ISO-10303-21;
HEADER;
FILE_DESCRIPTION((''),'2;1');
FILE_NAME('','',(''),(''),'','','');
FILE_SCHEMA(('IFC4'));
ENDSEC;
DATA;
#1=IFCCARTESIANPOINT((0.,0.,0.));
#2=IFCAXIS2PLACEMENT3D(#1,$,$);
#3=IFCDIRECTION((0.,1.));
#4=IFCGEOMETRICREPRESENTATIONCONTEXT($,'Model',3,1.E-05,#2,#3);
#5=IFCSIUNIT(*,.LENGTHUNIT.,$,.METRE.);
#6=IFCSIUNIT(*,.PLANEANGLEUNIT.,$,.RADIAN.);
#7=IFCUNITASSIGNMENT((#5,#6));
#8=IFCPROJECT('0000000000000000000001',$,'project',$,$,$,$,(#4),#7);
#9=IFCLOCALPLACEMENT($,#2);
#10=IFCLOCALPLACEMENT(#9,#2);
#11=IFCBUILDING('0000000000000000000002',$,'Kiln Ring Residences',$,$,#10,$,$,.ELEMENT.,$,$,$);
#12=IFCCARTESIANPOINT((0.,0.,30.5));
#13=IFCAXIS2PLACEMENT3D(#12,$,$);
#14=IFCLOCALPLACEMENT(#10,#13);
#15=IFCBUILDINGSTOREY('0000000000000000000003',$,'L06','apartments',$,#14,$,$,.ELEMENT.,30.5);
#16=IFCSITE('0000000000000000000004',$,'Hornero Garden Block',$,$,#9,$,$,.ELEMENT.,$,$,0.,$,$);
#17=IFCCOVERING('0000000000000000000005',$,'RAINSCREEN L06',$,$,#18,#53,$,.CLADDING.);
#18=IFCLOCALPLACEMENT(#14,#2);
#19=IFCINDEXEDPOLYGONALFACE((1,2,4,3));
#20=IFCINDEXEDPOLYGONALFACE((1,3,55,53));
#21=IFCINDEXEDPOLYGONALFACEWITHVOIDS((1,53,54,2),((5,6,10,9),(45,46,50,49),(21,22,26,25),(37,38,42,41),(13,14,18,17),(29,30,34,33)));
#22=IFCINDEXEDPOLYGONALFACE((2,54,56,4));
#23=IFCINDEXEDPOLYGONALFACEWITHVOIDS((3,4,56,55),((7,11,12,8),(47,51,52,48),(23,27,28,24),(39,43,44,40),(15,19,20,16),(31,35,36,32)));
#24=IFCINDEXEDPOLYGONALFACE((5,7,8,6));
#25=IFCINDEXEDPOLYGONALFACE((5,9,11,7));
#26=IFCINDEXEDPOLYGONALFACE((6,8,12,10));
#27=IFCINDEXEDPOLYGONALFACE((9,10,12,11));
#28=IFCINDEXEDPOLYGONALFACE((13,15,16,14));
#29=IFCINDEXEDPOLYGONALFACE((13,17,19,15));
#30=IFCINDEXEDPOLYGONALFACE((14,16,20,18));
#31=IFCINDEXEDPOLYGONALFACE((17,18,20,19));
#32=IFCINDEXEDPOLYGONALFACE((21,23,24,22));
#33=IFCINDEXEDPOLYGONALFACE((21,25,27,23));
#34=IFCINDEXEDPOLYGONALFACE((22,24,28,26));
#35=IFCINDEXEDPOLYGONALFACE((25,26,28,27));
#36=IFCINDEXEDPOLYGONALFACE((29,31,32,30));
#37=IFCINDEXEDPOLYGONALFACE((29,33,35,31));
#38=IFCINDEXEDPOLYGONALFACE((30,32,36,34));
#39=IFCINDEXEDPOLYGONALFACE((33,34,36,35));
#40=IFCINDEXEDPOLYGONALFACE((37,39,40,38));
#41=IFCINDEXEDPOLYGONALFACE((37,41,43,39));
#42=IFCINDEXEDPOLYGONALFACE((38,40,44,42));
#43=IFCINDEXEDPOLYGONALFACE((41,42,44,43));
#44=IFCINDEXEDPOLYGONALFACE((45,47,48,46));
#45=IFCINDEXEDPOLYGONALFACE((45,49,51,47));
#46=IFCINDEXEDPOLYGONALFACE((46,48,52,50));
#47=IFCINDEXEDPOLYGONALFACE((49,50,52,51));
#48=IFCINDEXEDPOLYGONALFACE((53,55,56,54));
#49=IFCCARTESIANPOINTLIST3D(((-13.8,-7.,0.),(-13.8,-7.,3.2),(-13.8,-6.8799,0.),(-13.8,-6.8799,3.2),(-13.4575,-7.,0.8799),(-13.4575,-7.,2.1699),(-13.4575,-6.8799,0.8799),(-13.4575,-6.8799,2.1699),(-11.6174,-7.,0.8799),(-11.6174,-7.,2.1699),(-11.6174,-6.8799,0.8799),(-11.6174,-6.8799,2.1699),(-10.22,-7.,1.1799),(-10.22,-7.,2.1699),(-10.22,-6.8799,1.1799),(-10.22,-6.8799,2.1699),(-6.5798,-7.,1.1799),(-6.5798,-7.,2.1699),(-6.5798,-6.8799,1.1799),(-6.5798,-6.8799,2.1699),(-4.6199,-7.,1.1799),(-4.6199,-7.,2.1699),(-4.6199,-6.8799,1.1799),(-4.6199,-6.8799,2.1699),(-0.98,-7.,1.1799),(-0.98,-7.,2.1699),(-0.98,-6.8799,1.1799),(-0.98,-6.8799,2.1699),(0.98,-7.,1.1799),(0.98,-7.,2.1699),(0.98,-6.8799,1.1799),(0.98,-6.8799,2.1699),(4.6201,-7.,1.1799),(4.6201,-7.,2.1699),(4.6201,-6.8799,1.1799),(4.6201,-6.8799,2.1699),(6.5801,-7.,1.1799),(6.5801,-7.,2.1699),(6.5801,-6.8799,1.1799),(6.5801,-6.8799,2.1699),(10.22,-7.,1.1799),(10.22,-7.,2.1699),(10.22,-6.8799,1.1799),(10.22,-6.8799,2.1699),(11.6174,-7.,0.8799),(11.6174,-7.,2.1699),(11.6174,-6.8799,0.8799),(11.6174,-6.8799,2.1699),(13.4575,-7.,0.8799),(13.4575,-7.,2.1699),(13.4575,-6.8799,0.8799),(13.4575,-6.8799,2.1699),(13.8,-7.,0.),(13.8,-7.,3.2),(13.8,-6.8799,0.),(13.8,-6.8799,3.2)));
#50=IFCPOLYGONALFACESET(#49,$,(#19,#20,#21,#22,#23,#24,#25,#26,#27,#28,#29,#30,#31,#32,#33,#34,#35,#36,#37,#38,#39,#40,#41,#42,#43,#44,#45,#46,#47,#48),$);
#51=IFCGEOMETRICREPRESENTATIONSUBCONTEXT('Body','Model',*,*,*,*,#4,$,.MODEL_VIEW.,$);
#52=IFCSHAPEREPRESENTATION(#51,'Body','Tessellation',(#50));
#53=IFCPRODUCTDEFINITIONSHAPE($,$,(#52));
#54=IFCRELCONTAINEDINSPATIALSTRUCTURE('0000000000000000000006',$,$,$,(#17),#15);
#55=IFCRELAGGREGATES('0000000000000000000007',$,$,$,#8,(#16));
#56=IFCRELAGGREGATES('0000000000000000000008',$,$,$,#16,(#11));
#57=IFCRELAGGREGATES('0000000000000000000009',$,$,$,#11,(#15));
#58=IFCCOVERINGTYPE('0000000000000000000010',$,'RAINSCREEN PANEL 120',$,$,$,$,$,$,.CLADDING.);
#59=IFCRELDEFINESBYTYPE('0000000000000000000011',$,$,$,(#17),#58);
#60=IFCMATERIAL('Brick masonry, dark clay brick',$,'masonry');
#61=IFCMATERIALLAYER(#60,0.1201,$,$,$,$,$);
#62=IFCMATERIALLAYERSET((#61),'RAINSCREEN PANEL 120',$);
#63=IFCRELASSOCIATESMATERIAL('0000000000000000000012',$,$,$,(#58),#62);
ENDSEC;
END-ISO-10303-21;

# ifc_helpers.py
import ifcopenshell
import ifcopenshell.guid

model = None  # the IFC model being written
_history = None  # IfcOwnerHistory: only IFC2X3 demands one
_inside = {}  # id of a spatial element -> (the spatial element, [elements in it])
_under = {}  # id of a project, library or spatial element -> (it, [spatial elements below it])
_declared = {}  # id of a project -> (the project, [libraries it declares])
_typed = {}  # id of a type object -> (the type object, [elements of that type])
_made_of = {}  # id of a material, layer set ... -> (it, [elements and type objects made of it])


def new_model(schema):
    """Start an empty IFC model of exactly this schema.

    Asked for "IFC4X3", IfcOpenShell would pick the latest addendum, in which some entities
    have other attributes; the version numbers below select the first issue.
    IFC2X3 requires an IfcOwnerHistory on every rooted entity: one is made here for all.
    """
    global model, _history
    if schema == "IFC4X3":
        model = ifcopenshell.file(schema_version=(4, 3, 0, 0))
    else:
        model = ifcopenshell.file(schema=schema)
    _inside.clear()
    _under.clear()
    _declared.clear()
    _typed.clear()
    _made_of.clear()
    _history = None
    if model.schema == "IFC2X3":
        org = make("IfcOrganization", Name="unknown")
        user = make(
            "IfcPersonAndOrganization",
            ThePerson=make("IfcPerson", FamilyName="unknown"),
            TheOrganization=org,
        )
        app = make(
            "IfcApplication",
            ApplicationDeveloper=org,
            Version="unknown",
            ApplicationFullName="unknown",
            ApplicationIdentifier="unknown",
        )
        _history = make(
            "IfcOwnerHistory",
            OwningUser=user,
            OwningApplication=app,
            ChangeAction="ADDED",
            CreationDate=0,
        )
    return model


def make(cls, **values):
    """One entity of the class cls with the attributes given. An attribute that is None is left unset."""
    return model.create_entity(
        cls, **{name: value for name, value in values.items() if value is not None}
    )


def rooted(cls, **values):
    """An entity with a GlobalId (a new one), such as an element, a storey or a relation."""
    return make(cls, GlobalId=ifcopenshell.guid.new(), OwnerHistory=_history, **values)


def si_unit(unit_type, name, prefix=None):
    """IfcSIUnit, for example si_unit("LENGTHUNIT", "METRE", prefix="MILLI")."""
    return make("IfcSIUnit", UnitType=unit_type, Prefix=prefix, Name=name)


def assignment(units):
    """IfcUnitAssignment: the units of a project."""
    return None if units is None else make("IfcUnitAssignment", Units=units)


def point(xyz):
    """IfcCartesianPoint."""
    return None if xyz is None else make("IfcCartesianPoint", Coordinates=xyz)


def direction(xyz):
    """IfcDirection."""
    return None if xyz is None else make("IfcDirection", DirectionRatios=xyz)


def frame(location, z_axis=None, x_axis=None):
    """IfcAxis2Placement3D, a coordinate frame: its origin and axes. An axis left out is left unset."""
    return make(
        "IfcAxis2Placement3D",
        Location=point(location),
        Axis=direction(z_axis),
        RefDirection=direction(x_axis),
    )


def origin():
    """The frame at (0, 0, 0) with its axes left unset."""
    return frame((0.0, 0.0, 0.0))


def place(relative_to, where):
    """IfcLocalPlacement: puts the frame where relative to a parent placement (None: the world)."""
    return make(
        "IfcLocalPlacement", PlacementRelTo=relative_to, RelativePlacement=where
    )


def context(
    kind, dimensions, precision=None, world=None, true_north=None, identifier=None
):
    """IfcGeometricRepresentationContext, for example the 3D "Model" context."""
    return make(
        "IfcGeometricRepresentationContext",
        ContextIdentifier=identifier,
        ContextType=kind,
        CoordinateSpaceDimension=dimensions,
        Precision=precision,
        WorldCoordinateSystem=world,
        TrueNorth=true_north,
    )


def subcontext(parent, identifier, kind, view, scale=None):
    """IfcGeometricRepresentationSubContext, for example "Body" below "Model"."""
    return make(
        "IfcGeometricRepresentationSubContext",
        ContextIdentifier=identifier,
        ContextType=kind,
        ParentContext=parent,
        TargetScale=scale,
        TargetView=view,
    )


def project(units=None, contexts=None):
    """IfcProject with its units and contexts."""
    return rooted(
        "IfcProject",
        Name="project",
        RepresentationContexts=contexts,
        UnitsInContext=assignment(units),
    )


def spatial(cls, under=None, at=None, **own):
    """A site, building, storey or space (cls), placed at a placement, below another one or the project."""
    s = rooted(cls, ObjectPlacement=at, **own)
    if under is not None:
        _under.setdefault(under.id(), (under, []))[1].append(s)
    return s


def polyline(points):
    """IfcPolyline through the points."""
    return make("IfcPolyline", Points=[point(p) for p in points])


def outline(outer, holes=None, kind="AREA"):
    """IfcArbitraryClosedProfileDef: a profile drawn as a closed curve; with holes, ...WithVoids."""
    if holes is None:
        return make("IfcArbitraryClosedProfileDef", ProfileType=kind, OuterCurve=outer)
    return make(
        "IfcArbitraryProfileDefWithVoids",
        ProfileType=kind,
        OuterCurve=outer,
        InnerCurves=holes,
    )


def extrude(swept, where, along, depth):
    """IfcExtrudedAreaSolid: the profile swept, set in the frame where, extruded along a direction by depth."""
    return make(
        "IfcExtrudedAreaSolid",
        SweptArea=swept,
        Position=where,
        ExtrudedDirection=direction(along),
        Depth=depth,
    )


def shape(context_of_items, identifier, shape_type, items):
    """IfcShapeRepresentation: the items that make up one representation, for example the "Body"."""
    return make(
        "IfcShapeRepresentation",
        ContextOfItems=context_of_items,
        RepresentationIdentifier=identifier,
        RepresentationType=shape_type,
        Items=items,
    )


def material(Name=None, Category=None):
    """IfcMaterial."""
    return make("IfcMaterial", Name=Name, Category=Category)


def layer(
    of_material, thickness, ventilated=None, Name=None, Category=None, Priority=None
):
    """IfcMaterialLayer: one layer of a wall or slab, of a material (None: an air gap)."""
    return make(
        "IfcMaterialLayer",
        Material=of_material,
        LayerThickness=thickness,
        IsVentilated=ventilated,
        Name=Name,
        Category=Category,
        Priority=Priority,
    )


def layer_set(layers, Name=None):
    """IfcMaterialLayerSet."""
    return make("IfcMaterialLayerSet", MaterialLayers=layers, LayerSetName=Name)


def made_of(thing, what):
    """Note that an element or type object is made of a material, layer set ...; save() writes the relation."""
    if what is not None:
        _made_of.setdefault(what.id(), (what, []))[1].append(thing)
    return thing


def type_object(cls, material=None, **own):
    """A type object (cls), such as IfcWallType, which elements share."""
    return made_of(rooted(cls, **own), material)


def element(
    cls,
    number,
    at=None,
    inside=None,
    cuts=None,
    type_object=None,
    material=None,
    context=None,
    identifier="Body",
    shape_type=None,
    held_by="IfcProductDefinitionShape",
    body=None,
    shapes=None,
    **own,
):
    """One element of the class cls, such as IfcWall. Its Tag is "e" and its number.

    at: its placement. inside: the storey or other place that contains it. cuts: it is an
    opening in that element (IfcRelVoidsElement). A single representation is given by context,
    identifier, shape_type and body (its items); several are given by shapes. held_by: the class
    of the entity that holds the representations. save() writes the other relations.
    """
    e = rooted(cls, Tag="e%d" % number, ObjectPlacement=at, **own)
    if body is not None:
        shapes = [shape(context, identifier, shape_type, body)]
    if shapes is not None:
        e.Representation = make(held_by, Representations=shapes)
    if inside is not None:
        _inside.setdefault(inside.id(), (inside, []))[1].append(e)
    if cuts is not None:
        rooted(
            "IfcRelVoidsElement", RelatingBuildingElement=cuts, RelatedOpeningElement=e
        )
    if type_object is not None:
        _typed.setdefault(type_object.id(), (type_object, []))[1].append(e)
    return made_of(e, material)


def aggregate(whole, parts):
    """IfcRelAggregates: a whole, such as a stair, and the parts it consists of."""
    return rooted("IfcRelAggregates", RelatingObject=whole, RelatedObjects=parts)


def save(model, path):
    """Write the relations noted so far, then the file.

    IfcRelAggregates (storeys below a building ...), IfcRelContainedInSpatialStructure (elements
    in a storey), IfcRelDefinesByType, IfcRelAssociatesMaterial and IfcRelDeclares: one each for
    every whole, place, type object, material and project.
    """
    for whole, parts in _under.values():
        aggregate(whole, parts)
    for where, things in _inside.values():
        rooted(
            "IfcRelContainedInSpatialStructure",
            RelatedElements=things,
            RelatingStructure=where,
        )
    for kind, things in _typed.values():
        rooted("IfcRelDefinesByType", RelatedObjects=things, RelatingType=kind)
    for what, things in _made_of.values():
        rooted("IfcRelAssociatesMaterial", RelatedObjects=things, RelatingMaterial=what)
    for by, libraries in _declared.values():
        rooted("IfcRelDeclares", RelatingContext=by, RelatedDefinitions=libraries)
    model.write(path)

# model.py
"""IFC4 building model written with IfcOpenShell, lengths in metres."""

from ifc_helpers import new_model, si_unit, direction, frame, origin, place, context, subcontext, project, spatial, polyline, outline, extrude, material, layer, layer_set, type_object, element, save


model = new_model("IFC4")

# Units and contexts
model_context = context("Model", 3, precision=1e-05, world=origin(), true_north=direction((0.0, 1.0)))
body_context = subcontext(model_context, "Body", "Model", "MODEL_VIEW")
ifc_project = project(units=[si_unit("LENGTHUNIT", "METRE"), si_unit("PLANEANGLEUNIT", "RADIAN")], contexts=[model_context])

# Site, building, storey
site_placement = place(None, origin())
site = spatial("IfcSite", under=ifc_project, at=site_placement, Name="Hornero Garden Block", CompositionType="ELEMENT", RefElevation=0.0)
building_placement = place(site_placement, origin())
building = spatial("IfcBuilding", under=site, at=building_placement, Name="Kiln Ring Residences", CompositionType="ELEMENT")
storey_placement = place(building_placement, frame((0.0, 0.0, 30.5)))
storey = spatial("IfcBuildingStorey", under=building, at=storey_placement, Name="L06", Description="apartments", CompositionType="ELEMENT", Elevation=30.5)

# Covering
ifc_material_1 = material(Name="Brick masonry, dark clay brick", Category="masonry")
ifc_layer_1 = layer(ifc_material_1, 0.1201)
ifc_layer_set_1 = layer_set([ifc_layer_1], Name="RAINSCREEN PANEL 120")
covering_type_1 = type_object("IfcCoveringType", Name="RAINSCREEN PANEL 120", PredefinedType="CLADDING", material=ifc_layer_set_1)
covering_1_placement = place(storey_placement, frame((13.8, -6.9399, 0.0), z_axis=(0.0, 0.0, 1.0), x_axis=(-1.0, 0.0, 0.0)))
element("IfcCovering", 1, at=covering_1_placement, inside=storey, type_object=covering_type_1, Name="RAINSCREEN L06", PredefinedType="CLADDING", context=body_context, shape_type="SweptSolid", body=[
    extrude(outline(polyline([(0.0, 0.0), (27.6001, 0.0), (27.6001, 3.2), (0.0, 3.2), (0.0, 0.0)]), holes=[polyline([(2.1826, 0.8799), (2.1826, 2.1699), (0.3425, 2.1699), (0.3425, 0.8799), (2.1826, 0.8799)]), polyline([(25.4175, 0.8799), (27.2576, 0.8799), (27.2576, 2.1699), (25.4175, 2.1699), (25.4175, 0.8799)]), polyline([(3.5801, 1.1799), (7.22, 1.1799), (7.22, 2.1699), (3.5801, 2.1699), (3.5801, 1.1799)]), polyline([(12.8201, 1.1799), (12.8201, 2.1699), (9.1799, 2.1699), (9.1799, 1.1799), (12.8201, 1.1799)]), polyline([(14.78, 1.1799), (18.4199, 1.1799), (18.4199, 2.1699), (14.78, 2.1699), (14.78, 1.1799)]), polyline([(20.3799, 1.1799), (24.02, 1.1799), (24.02, 2.1699), (20.3799, 2.1699), (20.3799, 1.1799)])]), frame((0.0, 0.0601, 0.0), z_axis=(0.0, -1.0, 0.0), x_axis=(1.0, 0.0, 0.0)), (0.0, 0.0, 1.0), 0.1201),
])

save(model, "model.ifc")
